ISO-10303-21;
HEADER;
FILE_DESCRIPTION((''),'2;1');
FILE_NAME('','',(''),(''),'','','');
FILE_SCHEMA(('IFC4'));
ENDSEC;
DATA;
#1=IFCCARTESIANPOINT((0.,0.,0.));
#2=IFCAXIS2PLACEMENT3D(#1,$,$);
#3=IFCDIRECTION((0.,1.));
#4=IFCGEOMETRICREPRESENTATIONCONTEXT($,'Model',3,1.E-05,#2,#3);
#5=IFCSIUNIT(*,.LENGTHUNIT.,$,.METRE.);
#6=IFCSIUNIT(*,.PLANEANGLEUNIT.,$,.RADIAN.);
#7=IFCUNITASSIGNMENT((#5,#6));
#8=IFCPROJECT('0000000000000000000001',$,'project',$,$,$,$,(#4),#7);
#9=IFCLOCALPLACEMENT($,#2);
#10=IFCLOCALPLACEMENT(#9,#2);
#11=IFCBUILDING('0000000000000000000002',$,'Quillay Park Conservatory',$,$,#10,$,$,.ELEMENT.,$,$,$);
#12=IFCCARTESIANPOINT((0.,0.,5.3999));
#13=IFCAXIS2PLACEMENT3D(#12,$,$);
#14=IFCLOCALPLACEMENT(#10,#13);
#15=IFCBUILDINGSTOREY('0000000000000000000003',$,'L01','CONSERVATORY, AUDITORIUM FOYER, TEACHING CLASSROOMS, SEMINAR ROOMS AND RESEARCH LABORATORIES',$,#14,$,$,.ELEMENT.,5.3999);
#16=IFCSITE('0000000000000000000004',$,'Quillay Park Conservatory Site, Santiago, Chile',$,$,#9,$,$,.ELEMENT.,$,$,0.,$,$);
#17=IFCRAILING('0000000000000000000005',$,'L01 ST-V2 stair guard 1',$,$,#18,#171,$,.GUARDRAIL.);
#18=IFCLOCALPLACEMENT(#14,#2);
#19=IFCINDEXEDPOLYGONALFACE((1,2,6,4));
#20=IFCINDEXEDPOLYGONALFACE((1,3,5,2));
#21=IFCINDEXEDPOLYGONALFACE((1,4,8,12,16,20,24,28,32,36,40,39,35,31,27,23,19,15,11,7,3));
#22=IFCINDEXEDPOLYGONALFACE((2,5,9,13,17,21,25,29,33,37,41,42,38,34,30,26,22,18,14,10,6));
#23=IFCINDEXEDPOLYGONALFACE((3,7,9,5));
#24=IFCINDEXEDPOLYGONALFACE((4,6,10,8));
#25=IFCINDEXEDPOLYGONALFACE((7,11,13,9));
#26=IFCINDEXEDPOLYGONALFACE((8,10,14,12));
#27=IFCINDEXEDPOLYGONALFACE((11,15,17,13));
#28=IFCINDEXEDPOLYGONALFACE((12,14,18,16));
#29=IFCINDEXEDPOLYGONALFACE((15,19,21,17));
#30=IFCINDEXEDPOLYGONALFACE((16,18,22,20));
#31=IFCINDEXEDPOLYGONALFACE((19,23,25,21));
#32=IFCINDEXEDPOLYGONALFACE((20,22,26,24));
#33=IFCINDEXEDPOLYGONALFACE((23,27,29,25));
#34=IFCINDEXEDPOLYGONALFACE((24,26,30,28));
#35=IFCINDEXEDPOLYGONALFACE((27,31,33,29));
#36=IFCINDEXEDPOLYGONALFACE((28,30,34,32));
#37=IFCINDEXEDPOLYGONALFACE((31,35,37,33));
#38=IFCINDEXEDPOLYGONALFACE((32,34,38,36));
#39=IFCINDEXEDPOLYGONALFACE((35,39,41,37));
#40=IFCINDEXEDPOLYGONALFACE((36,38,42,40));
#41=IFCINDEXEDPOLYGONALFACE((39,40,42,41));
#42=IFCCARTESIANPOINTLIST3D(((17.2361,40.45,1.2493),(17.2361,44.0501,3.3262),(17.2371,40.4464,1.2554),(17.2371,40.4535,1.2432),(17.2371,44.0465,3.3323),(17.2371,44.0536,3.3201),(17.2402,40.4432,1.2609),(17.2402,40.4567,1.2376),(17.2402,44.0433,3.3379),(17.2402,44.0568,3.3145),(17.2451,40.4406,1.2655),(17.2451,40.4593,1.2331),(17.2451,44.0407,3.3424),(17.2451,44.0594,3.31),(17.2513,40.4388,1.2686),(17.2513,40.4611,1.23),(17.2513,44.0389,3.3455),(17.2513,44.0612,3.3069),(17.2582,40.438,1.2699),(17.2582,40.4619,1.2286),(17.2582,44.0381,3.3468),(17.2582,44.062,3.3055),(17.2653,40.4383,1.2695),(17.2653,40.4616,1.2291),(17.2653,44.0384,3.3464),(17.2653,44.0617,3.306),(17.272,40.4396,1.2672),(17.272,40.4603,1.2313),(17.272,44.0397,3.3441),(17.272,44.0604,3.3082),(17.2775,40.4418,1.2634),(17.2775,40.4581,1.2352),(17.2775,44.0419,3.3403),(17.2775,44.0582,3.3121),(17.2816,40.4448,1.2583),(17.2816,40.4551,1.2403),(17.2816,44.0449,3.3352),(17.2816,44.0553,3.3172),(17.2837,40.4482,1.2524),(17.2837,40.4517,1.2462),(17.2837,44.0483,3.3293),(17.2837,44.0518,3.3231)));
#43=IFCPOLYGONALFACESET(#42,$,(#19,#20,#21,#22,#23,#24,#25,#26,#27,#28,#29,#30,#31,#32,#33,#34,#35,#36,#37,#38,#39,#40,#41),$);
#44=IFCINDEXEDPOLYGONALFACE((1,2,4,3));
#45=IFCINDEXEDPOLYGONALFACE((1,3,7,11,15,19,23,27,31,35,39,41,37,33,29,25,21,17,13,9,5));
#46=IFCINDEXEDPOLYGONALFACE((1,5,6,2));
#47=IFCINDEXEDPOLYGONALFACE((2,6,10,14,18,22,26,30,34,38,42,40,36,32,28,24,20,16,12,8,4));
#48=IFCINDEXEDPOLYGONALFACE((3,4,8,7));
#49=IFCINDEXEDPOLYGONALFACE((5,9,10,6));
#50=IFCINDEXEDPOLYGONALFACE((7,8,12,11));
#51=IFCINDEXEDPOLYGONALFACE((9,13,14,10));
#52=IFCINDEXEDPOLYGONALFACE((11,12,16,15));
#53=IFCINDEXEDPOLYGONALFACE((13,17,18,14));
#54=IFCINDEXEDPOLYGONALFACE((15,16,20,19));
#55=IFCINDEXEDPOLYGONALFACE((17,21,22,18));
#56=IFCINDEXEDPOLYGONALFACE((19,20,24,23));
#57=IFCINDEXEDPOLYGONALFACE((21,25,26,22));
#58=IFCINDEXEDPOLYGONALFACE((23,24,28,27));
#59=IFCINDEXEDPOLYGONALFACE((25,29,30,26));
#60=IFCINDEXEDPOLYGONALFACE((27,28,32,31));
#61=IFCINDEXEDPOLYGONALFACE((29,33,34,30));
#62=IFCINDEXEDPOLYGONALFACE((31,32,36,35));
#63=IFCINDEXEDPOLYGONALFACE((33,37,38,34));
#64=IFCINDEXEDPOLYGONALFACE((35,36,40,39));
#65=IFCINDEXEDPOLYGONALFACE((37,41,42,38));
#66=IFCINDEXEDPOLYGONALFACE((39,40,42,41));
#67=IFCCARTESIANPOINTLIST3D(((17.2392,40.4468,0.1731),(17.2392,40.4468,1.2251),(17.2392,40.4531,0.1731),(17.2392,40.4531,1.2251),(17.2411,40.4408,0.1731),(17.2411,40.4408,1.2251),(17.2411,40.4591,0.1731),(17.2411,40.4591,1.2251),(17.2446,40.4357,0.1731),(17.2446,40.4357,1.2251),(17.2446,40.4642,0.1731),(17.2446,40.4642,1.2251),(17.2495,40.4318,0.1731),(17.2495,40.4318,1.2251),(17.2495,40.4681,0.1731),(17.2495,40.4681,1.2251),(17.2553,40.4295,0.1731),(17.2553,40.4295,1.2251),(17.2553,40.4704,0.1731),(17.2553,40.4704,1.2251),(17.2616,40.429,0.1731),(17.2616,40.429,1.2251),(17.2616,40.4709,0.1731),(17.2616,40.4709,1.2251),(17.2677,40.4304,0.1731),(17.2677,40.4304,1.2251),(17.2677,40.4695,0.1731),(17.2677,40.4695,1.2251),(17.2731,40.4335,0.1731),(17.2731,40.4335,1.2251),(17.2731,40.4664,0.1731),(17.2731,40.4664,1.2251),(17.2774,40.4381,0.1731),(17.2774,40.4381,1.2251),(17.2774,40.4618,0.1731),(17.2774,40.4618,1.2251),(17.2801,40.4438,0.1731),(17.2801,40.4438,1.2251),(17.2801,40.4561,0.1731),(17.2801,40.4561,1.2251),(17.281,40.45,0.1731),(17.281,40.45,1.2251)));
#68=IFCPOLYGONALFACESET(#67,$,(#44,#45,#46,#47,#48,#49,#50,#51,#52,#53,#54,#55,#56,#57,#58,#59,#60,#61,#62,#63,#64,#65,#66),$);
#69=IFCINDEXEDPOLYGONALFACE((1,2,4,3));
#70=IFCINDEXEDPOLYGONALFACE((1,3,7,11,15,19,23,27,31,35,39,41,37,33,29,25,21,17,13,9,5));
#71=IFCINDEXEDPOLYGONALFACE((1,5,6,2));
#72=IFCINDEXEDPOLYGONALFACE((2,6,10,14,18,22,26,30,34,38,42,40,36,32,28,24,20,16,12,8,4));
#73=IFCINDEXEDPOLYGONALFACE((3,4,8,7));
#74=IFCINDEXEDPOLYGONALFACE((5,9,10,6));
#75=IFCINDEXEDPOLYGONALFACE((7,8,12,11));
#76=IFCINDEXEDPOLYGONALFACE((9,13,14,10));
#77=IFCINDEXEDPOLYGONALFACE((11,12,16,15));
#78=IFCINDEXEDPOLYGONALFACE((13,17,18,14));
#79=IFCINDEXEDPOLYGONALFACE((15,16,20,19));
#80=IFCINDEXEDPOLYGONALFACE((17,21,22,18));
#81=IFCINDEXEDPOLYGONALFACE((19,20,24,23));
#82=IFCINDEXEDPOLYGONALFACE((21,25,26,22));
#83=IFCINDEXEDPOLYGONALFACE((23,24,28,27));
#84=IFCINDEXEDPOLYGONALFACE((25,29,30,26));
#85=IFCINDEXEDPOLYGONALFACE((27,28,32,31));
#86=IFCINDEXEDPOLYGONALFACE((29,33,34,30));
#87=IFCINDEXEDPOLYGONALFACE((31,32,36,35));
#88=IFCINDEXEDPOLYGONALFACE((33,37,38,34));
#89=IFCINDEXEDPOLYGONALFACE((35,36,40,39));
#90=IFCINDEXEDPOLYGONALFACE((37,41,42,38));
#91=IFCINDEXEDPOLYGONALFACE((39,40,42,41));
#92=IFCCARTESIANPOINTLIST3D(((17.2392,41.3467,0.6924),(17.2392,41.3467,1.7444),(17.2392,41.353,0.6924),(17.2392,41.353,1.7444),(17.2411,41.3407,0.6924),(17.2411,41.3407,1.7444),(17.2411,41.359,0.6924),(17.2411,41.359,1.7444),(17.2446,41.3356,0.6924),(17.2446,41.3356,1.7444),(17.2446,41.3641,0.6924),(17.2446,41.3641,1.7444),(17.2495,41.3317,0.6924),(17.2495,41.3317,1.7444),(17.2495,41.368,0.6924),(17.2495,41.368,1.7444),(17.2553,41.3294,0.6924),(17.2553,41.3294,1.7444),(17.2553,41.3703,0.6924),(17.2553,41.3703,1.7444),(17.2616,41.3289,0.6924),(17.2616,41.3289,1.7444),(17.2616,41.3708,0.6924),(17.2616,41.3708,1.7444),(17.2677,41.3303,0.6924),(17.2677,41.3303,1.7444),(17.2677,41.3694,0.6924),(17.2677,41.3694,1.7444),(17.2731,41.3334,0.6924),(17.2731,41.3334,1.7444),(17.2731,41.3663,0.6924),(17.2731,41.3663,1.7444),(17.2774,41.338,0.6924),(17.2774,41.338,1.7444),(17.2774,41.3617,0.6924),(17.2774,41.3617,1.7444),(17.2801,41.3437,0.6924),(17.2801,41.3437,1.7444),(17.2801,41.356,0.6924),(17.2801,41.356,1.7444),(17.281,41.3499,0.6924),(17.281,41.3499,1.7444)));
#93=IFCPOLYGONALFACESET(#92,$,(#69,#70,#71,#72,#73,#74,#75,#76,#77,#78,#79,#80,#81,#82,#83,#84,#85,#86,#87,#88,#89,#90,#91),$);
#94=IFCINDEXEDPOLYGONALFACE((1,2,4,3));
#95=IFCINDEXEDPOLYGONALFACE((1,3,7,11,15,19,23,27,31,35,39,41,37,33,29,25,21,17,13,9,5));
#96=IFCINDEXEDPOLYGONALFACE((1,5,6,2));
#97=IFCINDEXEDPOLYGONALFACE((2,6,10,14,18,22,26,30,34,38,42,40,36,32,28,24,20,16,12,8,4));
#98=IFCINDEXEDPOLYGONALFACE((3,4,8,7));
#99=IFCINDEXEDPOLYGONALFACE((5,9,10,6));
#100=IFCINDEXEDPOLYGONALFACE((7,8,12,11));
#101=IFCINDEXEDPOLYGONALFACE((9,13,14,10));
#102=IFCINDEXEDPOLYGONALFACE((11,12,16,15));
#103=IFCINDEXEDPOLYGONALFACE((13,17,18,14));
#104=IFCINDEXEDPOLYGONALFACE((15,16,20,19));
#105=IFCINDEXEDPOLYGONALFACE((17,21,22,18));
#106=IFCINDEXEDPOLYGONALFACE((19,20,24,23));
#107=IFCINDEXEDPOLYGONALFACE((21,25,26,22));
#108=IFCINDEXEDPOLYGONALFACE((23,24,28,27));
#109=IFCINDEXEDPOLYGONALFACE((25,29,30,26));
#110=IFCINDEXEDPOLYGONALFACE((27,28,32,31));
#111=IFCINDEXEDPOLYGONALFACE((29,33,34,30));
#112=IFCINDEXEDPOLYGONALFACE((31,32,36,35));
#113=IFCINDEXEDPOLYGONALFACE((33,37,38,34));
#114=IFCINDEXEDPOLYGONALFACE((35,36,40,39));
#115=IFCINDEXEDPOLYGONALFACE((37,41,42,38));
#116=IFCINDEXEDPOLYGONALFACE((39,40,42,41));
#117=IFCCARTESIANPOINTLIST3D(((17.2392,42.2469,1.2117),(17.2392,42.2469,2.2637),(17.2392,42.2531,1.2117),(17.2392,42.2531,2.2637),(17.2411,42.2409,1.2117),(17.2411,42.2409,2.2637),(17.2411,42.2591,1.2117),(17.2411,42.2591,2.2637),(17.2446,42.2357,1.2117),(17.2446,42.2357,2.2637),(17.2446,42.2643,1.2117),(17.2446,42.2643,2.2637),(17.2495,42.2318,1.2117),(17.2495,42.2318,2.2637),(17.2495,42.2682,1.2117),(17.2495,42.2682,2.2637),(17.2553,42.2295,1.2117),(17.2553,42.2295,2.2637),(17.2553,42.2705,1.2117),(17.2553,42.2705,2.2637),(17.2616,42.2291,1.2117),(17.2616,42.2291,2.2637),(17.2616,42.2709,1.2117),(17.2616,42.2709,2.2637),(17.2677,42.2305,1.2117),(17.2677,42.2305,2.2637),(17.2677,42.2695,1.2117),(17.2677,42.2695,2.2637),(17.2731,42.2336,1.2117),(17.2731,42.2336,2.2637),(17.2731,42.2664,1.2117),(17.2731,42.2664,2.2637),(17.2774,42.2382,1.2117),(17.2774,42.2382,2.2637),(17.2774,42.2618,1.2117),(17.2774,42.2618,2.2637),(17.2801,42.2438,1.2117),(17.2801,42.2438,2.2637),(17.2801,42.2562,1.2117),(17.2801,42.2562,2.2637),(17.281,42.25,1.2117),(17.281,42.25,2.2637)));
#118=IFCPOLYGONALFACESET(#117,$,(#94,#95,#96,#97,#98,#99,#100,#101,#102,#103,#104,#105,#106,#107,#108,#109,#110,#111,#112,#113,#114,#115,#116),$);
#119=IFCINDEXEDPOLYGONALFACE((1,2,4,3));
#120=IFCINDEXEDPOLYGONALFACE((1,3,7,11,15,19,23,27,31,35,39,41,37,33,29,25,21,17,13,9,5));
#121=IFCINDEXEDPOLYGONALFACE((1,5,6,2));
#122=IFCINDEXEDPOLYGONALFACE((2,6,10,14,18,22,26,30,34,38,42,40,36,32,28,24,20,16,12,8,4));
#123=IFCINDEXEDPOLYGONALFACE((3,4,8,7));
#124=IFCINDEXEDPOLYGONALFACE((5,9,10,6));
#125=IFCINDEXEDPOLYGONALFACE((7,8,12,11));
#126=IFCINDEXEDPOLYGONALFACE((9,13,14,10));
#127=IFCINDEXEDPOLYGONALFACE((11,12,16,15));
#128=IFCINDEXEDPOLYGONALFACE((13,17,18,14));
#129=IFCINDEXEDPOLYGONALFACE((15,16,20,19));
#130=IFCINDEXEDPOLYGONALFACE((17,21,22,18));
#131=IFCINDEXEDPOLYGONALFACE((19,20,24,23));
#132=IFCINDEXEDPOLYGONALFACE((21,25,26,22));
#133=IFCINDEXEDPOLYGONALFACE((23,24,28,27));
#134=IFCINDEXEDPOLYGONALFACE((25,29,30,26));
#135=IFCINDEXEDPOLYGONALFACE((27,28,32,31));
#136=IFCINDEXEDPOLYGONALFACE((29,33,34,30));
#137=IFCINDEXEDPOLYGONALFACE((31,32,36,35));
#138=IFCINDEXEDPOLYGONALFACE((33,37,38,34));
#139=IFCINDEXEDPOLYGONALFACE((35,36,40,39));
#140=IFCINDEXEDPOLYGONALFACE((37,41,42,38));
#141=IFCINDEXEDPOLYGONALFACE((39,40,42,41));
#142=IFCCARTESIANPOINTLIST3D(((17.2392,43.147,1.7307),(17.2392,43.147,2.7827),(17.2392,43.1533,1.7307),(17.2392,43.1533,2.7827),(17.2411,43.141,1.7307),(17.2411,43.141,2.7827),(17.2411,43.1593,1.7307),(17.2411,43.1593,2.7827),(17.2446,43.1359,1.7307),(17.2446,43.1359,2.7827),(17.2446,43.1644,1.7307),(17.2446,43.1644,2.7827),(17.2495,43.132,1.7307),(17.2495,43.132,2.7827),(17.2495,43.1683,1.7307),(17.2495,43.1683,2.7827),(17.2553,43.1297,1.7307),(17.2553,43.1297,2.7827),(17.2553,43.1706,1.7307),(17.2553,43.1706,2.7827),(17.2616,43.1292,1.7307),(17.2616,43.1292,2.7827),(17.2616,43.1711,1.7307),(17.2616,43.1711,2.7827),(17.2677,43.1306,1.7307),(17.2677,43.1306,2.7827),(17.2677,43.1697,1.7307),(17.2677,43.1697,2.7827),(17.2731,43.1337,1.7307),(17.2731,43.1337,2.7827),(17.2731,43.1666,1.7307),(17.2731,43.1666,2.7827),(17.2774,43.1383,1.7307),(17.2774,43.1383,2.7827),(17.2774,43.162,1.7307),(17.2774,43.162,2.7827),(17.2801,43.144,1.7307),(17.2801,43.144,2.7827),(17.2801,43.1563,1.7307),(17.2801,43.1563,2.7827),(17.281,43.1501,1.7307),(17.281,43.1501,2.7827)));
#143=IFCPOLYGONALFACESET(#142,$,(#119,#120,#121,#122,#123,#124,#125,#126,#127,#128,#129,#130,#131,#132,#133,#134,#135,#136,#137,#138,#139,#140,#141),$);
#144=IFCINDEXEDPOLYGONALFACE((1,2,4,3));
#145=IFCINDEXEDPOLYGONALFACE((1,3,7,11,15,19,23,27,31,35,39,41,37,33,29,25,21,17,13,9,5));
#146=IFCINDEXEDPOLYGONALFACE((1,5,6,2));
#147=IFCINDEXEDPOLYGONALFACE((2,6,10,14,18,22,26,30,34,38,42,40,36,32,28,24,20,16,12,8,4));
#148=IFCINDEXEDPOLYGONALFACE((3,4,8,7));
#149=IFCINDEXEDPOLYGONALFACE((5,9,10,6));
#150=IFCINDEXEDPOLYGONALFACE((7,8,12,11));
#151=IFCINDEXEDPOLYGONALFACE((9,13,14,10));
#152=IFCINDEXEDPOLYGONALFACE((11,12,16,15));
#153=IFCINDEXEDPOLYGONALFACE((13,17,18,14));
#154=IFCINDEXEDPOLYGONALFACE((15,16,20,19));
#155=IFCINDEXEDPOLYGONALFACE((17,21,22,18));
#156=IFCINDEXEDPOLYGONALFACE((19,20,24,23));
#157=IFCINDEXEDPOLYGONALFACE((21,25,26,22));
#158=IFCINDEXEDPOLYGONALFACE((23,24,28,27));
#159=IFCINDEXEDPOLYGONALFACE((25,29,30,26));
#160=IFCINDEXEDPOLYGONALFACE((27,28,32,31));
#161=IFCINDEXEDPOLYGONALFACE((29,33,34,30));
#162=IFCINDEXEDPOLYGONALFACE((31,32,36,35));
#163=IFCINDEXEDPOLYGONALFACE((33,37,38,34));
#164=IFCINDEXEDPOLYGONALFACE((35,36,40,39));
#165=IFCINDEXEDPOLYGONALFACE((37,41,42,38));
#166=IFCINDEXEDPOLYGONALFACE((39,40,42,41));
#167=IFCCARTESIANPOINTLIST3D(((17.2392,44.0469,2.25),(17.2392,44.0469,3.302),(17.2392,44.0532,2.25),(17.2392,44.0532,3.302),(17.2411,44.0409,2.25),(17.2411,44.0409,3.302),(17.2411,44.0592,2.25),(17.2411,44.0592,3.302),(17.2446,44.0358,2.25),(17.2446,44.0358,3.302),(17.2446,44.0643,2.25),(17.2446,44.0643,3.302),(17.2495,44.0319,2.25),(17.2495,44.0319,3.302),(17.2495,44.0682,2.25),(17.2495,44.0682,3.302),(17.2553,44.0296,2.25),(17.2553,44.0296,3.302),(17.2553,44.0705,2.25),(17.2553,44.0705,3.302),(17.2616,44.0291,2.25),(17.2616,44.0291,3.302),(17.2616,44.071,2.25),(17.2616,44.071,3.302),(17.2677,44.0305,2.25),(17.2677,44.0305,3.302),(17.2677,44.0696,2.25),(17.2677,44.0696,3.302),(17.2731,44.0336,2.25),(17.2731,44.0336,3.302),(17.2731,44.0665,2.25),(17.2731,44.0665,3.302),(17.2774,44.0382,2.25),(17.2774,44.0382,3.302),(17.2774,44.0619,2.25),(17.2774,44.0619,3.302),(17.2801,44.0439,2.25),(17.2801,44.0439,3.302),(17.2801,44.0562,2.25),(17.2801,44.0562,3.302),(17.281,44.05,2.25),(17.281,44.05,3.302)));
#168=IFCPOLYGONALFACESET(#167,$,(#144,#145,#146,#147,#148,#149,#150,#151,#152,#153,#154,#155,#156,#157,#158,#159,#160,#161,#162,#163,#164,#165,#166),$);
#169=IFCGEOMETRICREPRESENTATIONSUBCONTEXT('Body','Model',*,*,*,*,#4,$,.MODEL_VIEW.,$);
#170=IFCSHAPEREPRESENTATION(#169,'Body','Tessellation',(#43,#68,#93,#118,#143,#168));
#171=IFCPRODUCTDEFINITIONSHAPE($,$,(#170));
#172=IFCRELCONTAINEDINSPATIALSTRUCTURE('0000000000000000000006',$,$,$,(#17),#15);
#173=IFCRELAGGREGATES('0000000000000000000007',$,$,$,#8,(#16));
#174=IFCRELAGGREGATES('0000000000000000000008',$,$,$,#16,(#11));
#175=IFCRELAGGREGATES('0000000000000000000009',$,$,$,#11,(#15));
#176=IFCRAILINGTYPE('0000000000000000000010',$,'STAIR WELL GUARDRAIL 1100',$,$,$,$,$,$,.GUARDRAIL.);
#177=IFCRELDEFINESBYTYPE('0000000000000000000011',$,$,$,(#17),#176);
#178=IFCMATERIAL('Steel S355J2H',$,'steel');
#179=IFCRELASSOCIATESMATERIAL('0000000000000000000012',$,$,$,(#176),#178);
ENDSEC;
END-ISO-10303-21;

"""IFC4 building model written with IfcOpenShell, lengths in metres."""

from ifc_helpers import new_model, si_unit, direction, frame, origin, origin_2d, place, context, subcontext, project, spatial, circle, extrude, material, type_object, element, save


model = new_model("IFC4")

# Units and contexts
model_context = context("Model", 3, precision=1e-05, world=origin(), true_north=direction((0.0, 1.0)))
body_context = subcontext(model_context, "Body", "Model", "MODEL_VIEW")
ifc_project = project(units=[si_unit("LENGTHUNIT", "METRE"), si_unit("PLANEANGLEUNIT", "RADIAN")], contexts=[model_context])

# Site, building, storey
site_placement = place(None, origin())
site = spatial("IfcSite", under=ifc_project, at=site_placement, Name="Quillay Park Conservatory Site, Santiago, Chile", CompositionType="ELEMENT", RefElevation=0.0)
building_placement = place(site_placement, origin())
building = spatial("IfcBuilding", under=site, at=building_placement, Name="Quillay Park Conservatory", CompositionType="ELEMENT")
storey_placement = place(building_placement, frame((0.0, 0.0, 5.3999)))
storey = spatial("IfcBuildingStorey", under=building, at=storey_placement, Name="L01", Description="CONSERVATORY, AUDITORIUM FOYER, TEACHING CLASSROOMS, SEMINAR ROOMS AND RESEARCH LABORATORIES", CompositionType="ELEMENT", Elevation=5.3999)

# Railing
ifc_material_1 = material(Name="Steel S355J2H", Category="steel")
railing_type_1 = type_object("IfcRailingType", Name="STAIR WELL GUARDRAIL 1100", PredefinedType="GUARDRAIL", material=ifc_material_1)
railing_1_placement = place(storey_placement, frame((17.26, 40.45, 0.1731)))
element("IfcRailing", 1, at=railing_1_placement, inside=storey, type_object=railing_type_1, Name="L01 ST-V2 stair guard 1", PredefinedType="GUARDRAIL", context=body_context, shape_type="SweptSolid", body=[
    extrude(circle(Radius=0.0239, at=origin_2d()), frame((0.0, 0.0, 1.0762), z_axis=(0.0, 0.866193, 0.499709), x_axis=(-1.0, 0.0, 0.0)), (0.0, 0.0, 1.0), 4.1562),
    extrude(circle(Radius=0.021, at=origin_2d()), origin(), (0.0, 0.0, 1.0), 1.052),
    extrude(circle(Radius=0.021, at=origin_2d()), frame((0.0, 0.8999, 0.5193)), (0.0, 0.0, 1.0), 1.052),
    extrude(circle(Radius=0.021, at=origin_2d()), frame((0.0, 1.8, 1.0386)), (0.0, 0.0, 1.0), 1.052),
    extrude(circle(Radius=0.021, at=origin_2d()), frame((0.0, 2.7002, 1.5576)), (0.0, 0.0, 1.0), 1.052),
    extrude(circle(Radius=0.021, at=origin_2d()), frame((0.0, 3.6001, 2.0769)), (0.0, 0.0, 1.0), 1.052),
])

save(model, "model.ifc")
